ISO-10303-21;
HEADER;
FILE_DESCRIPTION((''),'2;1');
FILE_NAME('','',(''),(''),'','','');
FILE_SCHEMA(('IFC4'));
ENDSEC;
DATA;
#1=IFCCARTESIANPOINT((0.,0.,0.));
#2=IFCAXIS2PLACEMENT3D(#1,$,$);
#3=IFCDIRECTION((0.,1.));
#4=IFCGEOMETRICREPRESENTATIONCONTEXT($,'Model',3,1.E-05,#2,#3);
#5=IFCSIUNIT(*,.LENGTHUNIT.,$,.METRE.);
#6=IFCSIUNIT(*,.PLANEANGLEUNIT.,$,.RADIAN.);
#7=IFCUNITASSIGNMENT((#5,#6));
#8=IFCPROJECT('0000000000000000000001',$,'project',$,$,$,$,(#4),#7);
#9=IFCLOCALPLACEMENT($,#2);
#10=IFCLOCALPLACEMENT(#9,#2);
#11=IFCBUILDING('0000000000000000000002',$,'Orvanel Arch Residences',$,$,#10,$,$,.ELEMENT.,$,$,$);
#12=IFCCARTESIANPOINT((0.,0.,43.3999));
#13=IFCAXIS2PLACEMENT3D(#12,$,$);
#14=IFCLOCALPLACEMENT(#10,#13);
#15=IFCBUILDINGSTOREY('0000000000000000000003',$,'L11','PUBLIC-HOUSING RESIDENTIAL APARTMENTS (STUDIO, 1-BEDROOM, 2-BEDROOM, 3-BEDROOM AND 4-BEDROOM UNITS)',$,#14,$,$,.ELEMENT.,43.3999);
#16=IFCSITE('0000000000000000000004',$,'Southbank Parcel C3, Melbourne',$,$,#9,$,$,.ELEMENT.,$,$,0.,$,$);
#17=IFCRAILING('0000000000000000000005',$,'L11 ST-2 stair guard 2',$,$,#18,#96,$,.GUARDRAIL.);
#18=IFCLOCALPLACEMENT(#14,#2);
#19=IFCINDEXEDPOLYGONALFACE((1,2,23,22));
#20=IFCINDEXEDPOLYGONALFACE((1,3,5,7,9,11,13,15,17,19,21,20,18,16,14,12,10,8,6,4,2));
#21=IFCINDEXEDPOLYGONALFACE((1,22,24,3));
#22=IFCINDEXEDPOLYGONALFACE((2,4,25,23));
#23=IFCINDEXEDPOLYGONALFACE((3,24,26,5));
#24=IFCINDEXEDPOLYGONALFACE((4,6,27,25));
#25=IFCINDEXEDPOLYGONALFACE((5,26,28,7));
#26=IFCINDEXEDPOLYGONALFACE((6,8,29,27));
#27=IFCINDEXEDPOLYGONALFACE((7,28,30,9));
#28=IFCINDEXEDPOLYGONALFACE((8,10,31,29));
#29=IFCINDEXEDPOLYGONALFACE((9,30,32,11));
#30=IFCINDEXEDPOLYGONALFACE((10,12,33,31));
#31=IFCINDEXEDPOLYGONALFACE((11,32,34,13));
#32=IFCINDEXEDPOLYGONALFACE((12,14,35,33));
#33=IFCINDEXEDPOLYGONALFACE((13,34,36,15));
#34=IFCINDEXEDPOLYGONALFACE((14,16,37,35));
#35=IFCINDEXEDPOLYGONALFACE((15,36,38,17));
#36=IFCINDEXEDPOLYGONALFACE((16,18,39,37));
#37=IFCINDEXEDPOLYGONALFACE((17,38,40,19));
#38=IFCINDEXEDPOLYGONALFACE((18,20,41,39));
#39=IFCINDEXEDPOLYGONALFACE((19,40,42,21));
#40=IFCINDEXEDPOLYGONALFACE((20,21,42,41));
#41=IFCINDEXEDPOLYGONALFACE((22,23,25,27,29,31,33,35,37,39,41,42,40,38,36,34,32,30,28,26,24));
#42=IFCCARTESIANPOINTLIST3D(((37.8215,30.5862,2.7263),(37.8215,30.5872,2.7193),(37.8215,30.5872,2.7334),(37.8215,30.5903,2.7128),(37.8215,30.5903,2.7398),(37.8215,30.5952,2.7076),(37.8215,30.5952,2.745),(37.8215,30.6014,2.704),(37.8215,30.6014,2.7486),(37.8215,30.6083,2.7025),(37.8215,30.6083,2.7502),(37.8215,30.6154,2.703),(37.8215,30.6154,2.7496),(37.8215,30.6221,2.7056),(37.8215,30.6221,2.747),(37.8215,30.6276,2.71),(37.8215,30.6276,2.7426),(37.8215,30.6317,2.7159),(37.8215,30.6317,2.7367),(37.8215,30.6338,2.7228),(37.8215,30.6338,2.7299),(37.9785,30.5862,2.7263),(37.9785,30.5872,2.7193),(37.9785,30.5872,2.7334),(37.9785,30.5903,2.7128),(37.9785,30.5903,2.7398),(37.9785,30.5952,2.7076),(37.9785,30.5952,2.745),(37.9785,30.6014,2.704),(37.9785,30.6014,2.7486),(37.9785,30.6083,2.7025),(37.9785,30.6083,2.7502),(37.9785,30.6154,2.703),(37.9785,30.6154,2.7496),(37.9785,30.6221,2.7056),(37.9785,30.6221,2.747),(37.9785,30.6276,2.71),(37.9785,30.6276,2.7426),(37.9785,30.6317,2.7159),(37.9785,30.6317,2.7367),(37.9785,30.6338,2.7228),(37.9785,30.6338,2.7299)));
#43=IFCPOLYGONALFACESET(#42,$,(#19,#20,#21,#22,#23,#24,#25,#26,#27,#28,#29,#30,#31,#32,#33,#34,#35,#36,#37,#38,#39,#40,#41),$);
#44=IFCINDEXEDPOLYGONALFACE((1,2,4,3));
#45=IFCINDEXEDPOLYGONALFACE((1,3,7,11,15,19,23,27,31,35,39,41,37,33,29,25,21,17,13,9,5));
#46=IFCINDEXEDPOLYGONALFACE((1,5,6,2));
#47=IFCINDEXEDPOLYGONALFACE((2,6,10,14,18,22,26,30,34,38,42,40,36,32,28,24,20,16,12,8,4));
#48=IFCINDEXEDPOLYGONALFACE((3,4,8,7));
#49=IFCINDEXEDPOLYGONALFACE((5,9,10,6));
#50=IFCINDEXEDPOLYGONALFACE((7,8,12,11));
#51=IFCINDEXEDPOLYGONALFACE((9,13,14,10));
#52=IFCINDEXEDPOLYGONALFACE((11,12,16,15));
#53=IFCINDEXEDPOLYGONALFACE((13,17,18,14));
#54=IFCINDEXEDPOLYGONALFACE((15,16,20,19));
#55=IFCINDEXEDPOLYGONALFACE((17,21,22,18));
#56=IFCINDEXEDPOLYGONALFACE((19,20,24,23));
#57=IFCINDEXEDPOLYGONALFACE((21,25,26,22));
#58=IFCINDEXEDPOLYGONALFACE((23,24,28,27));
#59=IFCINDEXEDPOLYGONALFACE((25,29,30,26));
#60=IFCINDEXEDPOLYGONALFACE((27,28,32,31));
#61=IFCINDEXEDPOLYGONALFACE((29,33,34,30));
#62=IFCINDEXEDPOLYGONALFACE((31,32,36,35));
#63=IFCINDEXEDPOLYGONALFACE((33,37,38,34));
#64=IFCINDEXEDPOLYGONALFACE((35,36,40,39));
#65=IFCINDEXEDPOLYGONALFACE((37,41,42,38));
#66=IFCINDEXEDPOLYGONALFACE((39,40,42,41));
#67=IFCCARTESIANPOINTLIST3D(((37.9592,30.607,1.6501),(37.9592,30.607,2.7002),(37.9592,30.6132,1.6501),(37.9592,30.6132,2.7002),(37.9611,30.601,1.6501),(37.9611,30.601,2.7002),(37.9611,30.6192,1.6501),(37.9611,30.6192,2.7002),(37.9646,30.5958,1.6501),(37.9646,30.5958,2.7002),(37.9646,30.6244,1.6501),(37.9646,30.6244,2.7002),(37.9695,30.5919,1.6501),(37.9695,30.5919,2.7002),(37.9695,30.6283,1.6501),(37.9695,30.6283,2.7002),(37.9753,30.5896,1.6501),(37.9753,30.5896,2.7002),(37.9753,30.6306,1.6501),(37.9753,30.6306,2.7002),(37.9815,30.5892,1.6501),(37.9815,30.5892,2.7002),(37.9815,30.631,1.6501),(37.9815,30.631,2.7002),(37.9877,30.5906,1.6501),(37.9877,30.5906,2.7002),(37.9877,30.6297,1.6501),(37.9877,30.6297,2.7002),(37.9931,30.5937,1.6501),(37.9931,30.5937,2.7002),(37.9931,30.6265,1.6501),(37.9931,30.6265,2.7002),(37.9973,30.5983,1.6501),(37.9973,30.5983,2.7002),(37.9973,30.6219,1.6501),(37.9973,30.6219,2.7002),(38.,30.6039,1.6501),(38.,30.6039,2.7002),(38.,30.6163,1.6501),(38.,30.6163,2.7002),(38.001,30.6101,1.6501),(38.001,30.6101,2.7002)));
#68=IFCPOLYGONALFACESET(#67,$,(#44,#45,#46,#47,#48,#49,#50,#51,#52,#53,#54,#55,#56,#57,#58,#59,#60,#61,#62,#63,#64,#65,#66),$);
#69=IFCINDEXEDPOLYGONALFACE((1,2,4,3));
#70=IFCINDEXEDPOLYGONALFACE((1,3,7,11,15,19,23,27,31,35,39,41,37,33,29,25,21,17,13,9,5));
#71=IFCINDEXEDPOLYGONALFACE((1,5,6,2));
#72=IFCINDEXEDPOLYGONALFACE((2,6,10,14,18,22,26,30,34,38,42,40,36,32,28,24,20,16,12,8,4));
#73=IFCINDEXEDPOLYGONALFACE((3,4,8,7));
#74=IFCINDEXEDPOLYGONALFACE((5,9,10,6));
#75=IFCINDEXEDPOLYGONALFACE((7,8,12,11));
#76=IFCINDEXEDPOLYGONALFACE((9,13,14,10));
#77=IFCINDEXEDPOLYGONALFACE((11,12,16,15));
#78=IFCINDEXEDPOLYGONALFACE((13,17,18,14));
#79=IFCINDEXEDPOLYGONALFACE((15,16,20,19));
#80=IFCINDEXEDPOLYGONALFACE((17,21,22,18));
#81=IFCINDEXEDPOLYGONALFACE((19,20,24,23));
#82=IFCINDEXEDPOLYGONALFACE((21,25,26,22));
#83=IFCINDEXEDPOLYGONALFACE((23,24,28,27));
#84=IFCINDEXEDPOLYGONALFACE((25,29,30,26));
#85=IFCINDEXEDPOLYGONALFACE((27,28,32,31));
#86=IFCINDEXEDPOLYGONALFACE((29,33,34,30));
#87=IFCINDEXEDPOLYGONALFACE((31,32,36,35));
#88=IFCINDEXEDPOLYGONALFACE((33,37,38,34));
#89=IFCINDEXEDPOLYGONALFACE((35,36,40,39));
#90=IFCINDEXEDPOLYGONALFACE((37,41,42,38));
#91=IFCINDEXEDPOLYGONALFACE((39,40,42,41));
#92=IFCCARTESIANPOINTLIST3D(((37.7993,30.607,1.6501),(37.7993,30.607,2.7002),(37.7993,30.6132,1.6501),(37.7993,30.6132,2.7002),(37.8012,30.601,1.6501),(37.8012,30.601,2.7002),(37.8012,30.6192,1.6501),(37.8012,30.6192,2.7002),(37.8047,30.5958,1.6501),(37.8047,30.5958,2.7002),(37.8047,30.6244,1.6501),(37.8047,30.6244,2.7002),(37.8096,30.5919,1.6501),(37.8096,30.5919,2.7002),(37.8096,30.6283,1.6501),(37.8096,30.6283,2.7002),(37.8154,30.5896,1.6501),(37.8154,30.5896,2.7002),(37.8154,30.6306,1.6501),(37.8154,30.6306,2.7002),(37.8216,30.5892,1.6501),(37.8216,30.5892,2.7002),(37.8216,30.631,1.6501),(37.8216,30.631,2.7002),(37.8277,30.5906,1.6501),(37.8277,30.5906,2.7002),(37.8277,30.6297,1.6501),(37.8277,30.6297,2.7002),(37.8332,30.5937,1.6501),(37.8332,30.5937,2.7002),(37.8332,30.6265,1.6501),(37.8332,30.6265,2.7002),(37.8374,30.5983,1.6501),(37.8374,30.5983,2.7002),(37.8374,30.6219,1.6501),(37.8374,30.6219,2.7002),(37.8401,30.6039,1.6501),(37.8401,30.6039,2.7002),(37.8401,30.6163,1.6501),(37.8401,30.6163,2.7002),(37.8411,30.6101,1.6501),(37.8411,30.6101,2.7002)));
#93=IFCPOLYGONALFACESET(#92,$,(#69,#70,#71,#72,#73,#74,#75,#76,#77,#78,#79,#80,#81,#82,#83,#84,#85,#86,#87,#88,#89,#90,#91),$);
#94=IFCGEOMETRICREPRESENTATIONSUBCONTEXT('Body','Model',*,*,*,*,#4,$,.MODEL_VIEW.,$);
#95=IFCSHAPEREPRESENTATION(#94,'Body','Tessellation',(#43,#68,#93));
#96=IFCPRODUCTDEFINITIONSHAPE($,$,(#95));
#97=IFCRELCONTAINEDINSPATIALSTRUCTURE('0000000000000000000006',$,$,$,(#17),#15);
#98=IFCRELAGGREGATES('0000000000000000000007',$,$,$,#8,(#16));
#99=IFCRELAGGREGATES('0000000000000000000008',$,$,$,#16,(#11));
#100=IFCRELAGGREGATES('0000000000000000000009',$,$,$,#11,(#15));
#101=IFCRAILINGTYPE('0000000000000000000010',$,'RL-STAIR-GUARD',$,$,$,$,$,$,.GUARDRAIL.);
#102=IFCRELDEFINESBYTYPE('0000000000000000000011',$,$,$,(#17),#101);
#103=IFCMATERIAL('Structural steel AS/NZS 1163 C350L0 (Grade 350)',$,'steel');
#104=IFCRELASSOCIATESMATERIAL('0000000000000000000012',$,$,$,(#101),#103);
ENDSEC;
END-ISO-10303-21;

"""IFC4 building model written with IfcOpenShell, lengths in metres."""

from ifc_helpers import new_model, si_unit, direction, frame, origin, origin_2d, place, context, subcontext, project, spatial, circle, extrude, material, type_object, element, save


model = new_model("IFC4")

# Units and contexts
model_context = context("Model", 3, precision=1e-05, world=origin(), true_north=direction((0.0, 1.0)))
body_context = subcontext(model_context, "Body", "Model", "MODEL_VIEW")
ifc_project = project(units=[si_unit("LENGTHUNIT", "METRE"), si_unit("PLANEANGLEUNIT", "RADIAN")], contexts=[model_context])

# Site, building, storey
site_placement = place(None, origin())
site = spatial("IfcSite", under=ifc_project, at=site_placement, Name="Southbank Parcel C3, Melbourne", CompositionType="ELEMENT", RefElevation=0.0)
building_placement = place(site_placement, origin())
building = spatial("IfcBuilding", under=site, at=building_placement, Name="Orvanel Arch Residences", CompositionType="ELEMENT")
storey_placement = place(building_placement, frame((0.0, 0.0, 43.3999)))
storey = spatial("IfcBuildingStorey", under=building, at=storey_placement, Name="L11", Description="PUBLIC-HOUSING RESIDENTIAL APARTMENTS (STUDIO, 1-BEDROOM, 2-BEDROOM, 3-BEDROOM AND 4-BEDROOM UNITS)", CompositionType="ELEMENT", Elevation=43.3999)

# Railing
ifc_material_1 = material(Name="Structural steel AS/NZS 1163 C350L0 (Grade 350)", Category="steel")
railing_type_1 = type_object("IfcRailingType", Name="RL-STAIR-GUARD", PredefinedType="GUARDRAIL", material=ifc_material_1)
railing_1_placement = place(storey_placement, frame((37.98, 30.6101, 1.6501)))
element("IfcRailing", 1, at=railing_1_placement, inside=storey, type_object=railing_type_1, Name="L11 ST-2 stair guard 2", PredefinedType="GUARDRAIL", context=body_context, shape_type="SweptSolid", body=[
    extrude(circle(Radius=0.0239, at=origin_2d()), frame((-0.0015, 0.0, 1.0762), z_axis=(-1.0, 0.0, 0.0), x_axis=(0.0, -1.0, 0.0)), (0.0, 0.0, 1.0), 0.157),
    extrude(circle(Radius=0.021, at=origin_2d()), origin(), (0.0, 0.0, 1.0), 1.05),
    extrude(circle(Radius=0.021, at=origin_2d()), frame((-0.1599, 0.0, 0.0)), (0.0, 0.0, 1.0), 1.05),
])

save(model, "model.ifc")
